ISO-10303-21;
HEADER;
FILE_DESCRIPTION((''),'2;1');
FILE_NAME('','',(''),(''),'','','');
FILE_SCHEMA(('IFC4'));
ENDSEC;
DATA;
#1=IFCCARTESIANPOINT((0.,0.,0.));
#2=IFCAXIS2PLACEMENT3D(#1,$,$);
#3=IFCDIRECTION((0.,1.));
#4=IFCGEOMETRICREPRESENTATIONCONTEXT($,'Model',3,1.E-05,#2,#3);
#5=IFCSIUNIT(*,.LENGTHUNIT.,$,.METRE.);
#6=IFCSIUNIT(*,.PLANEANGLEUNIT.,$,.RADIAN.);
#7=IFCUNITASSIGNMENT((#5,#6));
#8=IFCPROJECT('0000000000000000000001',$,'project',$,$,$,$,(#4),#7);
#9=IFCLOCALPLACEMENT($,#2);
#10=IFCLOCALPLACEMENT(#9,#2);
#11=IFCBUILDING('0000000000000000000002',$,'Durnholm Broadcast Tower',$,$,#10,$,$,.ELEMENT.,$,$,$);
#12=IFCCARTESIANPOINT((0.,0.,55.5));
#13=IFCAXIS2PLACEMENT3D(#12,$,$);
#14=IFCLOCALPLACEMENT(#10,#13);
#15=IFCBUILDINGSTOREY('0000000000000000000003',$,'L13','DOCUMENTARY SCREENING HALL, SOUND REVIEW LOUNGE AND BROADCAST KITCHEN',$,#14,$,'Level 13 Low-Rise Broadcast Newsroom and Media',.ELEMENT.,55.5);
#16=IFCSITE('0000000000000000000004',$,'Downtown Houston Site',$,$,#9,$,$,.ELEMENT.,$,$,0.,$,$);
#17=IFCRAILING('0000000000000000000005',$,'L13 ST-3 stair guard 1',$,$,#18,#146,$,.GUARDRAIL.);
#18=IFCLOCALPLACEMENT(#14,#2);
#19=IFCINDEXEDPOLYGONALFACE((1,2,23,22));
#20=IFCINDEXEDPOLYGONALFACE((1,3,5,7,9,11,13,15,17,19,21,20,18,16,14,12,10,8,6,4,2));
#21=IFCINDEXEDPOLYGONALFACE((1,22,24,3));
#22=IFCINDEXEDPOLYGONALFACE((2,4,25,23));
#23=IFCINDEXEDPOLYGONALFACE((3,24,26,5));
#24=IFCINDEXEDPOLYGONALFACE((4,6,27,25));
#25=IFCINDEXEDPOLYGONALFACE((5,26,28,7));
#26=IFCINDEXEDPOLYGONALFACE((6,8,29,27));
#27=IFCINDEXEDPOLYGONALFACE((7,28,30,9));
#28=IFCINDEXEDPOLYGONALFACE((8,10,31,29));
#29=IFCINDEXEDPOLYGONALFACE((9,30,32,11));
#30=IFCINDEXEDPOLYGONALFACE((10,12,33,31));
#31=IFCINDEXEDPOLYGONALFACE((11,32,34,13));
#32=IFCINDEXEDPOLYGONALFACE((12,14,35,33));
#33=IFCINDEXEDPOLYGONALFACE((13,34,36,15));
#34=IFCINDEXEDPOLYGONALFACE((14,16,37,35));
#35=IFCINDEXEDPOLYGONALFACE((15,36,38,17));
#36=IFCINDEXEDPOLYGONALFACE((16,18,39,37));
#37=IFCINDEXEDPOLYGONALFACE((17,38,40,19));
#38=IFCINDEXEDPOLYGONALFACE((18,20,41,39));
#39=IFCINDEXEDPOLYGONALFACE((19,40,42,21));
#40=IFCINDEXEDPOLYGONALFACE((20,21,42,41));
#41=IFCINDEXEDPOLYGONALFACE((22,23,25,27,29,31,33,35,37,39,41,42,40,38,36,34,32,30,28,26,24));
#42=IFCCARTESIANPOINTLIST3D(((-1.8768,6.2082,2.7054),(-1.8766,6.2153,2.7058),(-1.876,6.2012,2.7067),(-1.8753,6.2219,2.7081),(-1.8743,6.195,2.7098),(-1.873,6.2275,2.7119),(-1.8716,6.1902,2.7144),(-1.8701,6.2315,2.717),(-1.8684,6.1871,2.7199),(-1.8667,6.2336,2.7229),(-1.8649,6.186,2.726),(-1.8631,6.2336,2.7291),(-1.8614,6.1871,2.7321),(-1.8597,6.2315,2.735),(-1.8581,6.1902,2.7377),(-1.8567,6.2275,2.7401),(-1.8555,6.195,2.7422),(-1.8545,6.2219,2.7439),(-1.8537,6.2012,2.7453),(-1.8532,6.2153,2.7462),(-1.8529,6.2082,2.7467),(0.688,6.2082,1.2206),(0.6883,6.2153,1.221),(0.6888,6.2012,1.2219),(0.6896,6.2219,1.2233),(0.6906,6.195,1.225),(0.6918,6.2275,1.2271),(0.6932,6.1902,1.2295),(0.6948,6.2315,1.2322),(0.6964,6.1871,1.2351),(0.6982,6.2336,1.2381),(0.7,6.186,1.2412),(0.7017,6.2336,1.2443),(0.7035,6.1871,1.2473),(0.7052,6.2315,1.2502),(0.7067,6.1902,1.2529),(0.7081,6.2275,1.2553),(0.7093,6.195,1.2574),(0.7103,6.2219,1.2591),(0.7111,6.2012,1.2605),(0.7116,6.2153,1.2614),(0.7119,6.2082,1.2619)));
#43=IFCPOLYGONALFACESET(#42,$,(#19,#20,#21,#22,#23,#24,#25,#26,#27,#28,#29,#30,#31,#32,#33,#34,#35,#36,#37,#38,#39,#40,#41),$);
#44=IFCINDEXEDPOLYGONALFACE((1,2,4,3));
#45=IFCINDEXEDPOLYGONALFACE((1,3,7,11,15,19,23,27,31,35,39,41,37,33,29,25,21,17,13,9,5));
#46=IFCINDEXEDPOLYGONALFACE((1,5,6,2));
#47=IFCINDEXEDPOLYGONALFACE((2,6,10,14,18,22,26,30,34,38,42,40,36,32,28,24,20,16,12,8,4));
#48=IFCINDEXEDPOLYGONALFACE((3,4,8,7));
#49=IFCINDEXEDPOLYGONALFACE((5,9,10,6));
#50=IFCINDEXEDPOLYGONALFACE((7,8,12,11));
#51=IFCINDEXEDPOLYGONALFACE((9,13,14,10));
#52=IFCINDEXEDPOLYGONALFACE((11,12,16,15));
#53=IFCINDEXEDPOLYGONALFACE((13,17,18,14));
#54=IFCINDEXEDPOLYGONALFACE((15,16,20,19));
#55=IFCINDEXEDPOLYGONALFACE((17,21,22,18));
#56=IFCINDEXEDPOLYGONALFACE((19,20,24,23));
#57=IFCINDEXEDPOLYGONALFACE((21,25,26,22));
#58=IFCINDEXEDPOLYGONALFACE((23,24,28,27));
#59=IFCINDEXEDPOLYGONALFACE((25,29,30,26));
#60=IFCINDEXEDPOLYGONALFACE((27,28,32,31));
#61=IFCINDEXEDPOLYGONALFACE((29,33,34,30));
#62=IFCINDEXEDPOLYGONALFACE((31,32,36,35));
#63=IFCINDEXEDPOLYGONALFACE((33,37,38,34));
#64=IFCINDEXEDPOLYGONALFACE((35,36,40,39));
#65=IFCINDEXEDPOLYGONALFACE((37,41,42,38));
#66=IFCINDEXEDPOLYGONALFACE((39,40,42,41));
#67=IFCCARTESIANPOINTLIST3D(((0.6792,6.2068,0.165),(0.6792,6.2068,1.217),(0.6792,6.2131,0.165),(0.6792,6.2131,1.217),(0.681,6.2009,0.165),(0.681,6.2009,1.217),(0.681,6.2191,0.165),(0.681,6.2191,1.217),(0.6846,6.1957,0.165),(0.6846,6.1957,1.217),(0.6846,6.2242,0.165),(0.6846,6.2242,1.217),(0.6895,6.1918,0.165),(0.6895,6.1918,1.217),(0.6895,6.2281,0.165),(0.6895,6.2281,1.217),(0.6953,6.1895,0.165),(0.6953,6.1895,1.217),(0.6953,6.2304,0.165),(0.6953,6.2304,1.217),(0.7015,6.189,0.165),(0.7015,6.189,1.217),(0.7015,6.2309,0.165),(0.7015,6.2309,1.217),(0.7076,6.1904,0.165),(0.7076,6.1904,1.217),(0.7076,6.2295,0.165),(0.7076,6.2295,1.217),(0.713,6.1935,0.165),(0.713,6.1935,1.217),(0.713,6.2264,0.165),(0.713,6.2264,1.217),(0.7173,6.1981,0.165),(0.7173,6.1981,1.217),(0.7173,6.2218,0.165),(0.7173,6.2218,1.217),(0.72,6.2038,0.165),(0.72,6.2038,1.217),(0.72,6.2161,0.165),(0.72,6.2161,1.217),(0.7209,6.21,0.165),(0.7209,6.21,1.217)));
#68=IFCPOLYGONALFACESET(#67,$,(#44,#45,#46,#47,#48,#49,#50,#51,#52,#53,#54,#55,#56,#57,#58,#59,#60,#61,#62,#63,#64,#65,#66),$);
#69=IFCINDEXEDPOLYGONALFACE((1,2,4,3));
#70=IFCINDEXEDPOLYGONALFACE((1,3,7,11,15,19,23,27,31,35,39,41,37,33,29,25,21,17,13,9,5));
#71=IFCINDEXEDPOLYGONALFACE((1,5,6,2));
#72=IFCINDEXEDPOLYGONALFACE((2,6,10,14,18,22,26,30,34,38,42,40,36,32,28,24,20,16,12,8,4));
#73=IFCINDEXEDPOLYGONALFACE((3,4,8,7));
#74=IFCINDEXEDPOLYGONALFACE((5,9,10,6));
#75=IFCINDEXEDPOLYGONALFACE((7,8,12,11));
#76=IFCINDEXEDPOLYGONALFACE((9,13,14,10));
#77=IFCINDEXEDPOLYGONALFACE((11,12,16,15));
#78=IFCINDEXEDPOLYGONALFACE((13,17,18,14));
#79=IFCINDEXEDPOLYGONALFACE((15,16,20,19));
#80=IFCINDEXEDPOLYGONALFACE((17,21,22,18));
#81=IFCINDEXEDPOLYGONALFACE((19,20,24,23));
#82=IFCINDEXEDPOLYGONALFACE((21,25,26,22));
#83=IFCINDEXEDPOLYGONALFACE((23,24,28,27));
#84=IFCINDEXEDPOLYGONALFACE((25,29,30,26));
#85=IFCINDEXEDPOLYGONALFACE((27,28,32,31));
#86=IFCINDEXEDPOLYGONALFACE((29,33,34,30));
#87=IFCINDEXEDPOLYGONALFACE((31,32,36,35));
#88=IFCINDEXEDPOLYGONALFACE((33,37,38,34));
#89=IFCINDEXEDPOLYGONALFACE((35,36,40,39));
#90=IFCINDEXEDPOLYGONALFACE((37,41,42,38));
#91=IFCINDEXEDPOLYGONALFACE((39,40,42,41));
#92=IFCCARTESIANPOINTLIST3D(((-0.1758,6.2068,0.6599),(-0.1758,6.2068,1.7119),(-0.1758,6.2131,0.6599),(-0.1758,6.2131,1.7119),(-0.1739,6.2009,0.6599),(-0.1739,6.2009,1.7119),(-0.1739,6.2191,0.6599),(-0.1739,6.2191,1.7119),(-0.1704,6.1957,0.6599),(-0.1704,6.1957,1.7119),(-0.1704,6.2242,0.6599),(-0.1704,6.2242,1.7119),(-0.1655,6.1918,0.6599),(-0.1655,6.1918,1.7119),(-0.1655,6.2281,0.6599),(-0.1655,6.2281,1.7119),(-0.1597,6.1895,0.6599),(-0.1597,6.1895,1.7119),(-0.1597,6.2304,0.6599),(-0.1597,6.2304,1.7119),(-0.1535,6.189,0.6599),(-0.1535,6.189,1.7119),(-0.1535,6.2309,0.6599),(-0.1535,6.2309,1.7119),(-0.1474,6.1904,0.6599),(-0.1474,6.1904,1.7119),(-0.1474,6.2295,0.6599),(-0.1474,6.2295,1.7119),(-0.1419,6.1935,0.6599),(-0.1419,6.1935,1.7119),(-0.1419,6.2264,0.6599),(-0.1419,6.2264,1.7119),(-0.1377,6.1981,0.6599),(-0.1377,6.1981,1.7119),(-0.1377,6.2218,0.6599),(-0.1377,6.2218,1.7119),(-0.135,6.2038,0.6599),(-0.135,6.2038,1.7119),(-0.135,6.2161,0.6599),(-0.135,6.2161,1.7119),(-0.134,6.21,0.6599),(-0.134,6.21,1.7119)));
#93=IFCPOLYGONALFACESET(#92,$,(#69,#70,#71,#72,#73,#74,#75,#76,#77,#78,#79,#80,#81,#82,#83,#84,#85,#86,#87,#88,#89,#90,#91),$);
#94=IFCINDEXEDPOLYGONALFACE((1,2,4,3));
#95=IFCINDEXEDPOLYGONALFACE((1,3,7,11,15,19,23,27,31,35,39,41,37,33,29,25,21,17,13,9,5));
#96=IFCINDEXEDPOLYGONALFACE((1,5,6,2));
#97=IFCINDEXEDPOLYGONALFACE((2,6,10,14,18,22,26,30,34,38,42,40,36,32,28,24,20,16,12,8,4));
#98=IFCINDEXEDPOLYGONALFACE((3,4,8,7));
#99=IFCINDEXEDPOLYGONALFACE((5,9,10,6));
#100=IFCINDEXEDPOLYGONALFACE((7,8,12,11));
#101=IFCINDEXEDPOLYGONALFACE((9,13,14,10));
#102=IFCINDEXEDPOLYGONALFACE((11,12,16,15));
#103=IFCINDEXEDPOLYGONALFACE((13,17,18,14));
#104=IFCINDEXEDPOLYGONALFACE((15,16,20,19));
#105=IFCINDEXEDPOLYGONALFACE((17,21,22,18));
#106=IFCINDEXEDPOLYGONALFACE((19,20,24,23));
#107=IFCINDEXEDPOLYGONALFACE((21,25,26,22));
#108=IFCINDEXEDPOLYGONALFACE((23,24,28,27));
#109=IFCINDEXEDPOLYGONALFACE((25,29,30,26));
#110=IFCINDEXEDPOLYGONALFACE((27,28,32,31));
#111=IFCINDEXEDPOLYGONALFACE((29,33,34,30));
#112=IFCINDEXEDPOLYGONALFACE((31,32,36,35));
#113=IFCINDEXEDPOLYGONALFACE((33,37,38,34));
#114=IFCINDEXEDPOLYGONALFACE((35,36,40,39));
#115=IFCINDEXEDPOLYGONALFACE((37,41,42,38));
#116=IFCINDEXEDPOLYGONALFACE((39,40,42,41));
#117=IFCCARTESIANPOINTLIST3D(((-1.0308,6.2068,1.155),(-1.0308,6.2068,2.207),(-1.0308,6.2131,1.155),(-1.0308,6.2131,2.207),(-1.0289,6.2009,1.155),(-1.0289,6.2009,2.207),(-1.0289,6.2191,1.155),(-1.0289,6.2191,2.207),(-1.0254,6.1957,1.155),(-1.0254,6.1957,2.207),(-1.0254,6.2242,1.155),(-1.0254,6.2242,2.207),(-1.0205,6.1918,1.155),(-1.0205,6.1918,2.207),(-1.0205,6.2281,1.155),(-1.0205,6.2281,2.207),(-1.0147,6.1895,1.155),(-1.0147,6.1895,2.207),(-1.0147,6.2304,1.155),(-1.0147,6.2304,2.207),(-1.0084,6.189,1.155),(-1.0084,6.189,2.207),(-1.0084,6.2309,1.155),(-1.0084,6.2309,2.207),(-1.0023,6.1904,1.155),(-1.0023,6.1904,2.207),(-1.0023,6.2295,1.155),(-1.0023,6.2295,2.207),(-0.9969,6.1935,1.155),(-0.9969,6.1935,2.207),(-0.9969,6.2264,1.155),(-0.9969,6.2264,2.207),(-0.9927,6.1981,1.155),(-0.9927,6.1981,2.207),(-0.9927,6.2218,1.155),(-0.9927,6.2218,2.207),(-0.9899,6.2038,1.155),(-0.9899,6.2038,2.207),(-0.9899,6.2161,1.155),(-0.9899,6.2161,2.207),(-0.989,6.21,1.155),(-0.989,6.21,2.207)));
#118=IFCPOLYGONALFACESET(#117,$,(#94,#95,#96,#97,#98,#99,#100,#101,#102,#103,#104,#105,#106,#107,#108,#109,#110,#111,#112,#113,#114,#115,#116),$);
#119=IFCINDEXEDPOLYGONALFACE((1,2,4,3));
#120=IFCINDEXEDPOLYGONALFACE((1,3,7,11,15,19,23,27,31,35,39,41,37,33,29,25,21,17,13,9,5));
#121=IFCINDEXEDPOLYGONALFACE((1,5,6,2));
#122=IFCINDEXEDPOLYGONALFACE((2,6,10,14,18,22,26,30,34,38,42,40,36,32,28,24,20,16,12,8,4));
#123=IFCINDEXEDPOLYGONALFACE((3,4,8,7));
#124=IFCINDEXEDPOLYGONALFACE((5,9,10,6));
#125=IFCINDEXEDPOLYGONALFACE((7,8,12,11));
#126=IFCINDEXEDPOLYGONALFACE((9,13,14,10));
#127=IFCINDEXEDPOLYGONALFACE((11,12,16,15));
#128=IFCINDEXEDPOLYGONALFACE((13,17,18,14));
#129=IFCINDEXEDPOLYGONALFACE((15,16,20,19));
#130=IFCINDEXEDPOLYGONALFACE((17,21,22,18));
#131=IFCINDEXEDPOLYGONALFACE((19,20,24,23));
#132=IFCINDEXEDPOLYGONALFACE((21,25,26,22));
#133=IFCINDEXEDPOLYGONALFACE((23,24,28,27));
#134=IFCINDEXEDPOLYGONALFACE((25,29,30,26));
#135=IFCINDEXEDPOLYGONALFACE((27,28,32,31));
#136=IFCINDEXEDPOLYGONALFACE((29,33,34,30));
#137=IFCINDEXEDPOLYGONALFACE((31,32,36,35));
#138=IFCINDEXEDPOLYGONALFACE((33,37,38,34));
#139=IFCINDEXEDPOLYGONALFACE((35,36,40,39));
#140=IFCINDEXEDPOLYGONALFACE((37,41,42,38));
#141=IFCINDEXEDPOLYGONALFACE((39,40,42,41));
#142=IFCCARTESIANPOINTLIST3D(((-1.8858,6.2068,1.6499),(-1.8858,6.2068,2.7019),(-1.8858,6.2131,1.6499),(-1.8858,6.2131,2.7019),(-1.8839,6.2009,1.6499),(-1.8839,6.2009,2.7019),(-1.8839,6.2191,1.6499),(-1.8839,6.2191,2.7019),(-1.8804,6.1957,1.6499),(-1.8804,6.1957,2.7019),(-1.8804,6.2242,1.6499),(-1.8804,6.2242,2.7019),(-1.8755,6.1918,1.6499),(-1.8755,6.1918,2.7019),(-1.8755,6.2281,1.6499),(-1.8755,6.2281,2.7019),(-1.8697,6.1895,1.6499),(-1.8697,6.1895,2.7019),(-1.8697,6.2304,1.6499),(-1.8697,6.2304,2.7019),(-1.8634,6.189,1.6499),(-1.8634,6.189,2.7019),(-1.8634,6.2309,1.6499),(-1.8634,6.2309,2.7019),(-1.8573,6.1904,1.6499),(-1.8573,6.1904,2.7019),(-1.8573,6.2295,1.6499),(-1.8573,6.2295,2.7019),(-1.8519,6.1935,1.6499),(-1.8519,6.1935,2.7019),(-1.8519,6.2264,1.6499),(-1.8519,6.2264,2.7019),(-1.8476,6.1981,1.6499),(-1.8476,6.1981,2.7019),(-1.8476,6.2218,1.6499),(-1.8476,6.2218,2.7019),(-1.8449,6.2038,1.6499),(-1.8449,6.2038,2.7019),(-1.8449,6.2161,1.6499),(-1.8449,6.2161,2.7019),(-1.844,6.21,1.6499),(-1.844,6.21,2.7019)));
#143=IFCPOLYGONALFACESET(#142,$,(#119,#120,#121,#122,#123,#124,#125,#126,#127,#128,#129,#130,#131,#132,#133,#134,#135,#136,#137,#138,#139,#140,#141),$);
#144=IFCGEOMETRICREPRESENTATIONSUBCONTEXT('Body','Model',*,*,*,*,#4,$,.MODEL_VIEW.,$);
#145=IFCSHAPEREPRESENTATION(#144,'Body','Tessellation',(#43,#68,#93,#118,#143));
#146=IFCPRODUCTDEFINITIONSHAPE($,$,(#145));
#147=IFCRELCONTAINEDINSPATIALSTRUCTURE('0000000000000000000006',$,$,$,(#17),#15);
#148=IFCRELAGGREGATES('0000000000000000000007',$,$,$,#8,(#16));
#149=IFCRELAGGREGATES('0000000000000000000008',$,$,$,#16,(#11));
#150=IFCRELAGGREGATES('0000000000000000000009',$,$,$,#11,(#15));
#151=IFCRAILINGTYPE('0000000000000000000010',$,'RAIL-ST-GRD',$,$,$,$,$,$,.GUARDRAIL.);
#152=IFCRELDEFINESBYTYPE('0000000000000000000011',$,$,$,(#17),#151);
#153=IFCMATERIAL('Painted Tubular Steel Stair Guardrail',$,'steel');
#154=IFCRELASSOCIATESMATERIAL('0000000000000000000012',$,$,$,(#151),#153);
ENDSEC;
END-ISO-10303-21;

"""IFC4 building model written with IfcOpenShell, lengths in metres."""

from ifc_helpers import new_model, si_unit, direction, frame, origin, origin_2d, place, context, subcontext, project, spatial, circle, extrude, material, type_object, element, save


model = new_model("IFC4")

# Units and contexts
model_context = context("Model", 3, precision=1e-05, world=origin(), true_north=direction((0.0, 1.0)))
body_context = subcontext(model_context, "Body", "Model", "MODEL_VIEW")
ifc_project = project(units=[si_unit("LENGTHUNIT", "METRE"), si_unit("PLANEANGLEUNIT", "RADIAN")], contexts=[model_context])

# Site, building, storey
site_placement = place(None, origin())
site = spatial("IfcSite", under=ifc_project, at=site_placement, Name="Downtown Houston Site", CompositionType="ELEMENT", RefElevation=0.0)
building_placement = place(site_placement, origin())
building = spatial("IfcBuilding", under=site, at=building_placement, Name="Durnholm Broadcast Tower", CompositionType="ELEMENT")
storey_placement = place(building_placement, frame((0.0, 0.0, 55.5)))
storey = spatial("IfcBuildingStorey", under=building, at=storey_placement, Name="L13", Description="DOCUMENTARY SCREENING HALL, SOUND REVIEW LOUNGE AND BROADCAST KITCHEN", LongName="Level 13 Low-Rise Broadcast Newsroom and Media", CompositionType="ELEMENT", Elevation=55.5)

# Railing
ifc_material_1 = material(Name="Painted Tubular Steel Stair Guardrail", Category="steel")
railing_type_1 = type_object("IfcRailingType", Name="RAIL-ST-GRD", PredefinedType="GUARDRAIL", material=ifc_material_1)
railing_1_placement = place(storey_placement, frame((0.7, 6.21, 0.165)))
element("IfcRailing", 1, at=railing_1_placement, inside=storey, type_object=railing_type_1, Name="L13 ST-3 stair guard 1", PredefinedType="GUARDRAIL", context=body_context, shape_type="SweptSolid", body=[
    extrude(circle(Radius=0.0239, at=origin_2d()), frame((0.0, 0.0, 1.0762), z_axis=(-0.865441, 0.0, 0.50101), x_axis=(0.0, -1.0, 0.0)), (0.0, 0.0, 1.0), 2.9636),
    extrude(circle(Radius=0.021, at=origin_2d()), origin(), (0.0, 0.0, 1.0), 1.052),
    extrude(circle(Radius=0.021, at=origin_2d()), frame((-0.855, 0.0, 0.4949)), (0.0, 0.0, 1.0), 1.052),
    extrude(circle(Radius=0.021, at=origin_2d()), frame((-1.71, 0.0, 0.99)), (0.0, 0.0, 1.0), 1.052),
    extrude(circle(Radius=0.021, at=origin_2d()), frame((-2.5649, 0.0, 1.4849)), (0.0, 0.0, 1.0), 1.052),
])

save(model, "model.ifc")
